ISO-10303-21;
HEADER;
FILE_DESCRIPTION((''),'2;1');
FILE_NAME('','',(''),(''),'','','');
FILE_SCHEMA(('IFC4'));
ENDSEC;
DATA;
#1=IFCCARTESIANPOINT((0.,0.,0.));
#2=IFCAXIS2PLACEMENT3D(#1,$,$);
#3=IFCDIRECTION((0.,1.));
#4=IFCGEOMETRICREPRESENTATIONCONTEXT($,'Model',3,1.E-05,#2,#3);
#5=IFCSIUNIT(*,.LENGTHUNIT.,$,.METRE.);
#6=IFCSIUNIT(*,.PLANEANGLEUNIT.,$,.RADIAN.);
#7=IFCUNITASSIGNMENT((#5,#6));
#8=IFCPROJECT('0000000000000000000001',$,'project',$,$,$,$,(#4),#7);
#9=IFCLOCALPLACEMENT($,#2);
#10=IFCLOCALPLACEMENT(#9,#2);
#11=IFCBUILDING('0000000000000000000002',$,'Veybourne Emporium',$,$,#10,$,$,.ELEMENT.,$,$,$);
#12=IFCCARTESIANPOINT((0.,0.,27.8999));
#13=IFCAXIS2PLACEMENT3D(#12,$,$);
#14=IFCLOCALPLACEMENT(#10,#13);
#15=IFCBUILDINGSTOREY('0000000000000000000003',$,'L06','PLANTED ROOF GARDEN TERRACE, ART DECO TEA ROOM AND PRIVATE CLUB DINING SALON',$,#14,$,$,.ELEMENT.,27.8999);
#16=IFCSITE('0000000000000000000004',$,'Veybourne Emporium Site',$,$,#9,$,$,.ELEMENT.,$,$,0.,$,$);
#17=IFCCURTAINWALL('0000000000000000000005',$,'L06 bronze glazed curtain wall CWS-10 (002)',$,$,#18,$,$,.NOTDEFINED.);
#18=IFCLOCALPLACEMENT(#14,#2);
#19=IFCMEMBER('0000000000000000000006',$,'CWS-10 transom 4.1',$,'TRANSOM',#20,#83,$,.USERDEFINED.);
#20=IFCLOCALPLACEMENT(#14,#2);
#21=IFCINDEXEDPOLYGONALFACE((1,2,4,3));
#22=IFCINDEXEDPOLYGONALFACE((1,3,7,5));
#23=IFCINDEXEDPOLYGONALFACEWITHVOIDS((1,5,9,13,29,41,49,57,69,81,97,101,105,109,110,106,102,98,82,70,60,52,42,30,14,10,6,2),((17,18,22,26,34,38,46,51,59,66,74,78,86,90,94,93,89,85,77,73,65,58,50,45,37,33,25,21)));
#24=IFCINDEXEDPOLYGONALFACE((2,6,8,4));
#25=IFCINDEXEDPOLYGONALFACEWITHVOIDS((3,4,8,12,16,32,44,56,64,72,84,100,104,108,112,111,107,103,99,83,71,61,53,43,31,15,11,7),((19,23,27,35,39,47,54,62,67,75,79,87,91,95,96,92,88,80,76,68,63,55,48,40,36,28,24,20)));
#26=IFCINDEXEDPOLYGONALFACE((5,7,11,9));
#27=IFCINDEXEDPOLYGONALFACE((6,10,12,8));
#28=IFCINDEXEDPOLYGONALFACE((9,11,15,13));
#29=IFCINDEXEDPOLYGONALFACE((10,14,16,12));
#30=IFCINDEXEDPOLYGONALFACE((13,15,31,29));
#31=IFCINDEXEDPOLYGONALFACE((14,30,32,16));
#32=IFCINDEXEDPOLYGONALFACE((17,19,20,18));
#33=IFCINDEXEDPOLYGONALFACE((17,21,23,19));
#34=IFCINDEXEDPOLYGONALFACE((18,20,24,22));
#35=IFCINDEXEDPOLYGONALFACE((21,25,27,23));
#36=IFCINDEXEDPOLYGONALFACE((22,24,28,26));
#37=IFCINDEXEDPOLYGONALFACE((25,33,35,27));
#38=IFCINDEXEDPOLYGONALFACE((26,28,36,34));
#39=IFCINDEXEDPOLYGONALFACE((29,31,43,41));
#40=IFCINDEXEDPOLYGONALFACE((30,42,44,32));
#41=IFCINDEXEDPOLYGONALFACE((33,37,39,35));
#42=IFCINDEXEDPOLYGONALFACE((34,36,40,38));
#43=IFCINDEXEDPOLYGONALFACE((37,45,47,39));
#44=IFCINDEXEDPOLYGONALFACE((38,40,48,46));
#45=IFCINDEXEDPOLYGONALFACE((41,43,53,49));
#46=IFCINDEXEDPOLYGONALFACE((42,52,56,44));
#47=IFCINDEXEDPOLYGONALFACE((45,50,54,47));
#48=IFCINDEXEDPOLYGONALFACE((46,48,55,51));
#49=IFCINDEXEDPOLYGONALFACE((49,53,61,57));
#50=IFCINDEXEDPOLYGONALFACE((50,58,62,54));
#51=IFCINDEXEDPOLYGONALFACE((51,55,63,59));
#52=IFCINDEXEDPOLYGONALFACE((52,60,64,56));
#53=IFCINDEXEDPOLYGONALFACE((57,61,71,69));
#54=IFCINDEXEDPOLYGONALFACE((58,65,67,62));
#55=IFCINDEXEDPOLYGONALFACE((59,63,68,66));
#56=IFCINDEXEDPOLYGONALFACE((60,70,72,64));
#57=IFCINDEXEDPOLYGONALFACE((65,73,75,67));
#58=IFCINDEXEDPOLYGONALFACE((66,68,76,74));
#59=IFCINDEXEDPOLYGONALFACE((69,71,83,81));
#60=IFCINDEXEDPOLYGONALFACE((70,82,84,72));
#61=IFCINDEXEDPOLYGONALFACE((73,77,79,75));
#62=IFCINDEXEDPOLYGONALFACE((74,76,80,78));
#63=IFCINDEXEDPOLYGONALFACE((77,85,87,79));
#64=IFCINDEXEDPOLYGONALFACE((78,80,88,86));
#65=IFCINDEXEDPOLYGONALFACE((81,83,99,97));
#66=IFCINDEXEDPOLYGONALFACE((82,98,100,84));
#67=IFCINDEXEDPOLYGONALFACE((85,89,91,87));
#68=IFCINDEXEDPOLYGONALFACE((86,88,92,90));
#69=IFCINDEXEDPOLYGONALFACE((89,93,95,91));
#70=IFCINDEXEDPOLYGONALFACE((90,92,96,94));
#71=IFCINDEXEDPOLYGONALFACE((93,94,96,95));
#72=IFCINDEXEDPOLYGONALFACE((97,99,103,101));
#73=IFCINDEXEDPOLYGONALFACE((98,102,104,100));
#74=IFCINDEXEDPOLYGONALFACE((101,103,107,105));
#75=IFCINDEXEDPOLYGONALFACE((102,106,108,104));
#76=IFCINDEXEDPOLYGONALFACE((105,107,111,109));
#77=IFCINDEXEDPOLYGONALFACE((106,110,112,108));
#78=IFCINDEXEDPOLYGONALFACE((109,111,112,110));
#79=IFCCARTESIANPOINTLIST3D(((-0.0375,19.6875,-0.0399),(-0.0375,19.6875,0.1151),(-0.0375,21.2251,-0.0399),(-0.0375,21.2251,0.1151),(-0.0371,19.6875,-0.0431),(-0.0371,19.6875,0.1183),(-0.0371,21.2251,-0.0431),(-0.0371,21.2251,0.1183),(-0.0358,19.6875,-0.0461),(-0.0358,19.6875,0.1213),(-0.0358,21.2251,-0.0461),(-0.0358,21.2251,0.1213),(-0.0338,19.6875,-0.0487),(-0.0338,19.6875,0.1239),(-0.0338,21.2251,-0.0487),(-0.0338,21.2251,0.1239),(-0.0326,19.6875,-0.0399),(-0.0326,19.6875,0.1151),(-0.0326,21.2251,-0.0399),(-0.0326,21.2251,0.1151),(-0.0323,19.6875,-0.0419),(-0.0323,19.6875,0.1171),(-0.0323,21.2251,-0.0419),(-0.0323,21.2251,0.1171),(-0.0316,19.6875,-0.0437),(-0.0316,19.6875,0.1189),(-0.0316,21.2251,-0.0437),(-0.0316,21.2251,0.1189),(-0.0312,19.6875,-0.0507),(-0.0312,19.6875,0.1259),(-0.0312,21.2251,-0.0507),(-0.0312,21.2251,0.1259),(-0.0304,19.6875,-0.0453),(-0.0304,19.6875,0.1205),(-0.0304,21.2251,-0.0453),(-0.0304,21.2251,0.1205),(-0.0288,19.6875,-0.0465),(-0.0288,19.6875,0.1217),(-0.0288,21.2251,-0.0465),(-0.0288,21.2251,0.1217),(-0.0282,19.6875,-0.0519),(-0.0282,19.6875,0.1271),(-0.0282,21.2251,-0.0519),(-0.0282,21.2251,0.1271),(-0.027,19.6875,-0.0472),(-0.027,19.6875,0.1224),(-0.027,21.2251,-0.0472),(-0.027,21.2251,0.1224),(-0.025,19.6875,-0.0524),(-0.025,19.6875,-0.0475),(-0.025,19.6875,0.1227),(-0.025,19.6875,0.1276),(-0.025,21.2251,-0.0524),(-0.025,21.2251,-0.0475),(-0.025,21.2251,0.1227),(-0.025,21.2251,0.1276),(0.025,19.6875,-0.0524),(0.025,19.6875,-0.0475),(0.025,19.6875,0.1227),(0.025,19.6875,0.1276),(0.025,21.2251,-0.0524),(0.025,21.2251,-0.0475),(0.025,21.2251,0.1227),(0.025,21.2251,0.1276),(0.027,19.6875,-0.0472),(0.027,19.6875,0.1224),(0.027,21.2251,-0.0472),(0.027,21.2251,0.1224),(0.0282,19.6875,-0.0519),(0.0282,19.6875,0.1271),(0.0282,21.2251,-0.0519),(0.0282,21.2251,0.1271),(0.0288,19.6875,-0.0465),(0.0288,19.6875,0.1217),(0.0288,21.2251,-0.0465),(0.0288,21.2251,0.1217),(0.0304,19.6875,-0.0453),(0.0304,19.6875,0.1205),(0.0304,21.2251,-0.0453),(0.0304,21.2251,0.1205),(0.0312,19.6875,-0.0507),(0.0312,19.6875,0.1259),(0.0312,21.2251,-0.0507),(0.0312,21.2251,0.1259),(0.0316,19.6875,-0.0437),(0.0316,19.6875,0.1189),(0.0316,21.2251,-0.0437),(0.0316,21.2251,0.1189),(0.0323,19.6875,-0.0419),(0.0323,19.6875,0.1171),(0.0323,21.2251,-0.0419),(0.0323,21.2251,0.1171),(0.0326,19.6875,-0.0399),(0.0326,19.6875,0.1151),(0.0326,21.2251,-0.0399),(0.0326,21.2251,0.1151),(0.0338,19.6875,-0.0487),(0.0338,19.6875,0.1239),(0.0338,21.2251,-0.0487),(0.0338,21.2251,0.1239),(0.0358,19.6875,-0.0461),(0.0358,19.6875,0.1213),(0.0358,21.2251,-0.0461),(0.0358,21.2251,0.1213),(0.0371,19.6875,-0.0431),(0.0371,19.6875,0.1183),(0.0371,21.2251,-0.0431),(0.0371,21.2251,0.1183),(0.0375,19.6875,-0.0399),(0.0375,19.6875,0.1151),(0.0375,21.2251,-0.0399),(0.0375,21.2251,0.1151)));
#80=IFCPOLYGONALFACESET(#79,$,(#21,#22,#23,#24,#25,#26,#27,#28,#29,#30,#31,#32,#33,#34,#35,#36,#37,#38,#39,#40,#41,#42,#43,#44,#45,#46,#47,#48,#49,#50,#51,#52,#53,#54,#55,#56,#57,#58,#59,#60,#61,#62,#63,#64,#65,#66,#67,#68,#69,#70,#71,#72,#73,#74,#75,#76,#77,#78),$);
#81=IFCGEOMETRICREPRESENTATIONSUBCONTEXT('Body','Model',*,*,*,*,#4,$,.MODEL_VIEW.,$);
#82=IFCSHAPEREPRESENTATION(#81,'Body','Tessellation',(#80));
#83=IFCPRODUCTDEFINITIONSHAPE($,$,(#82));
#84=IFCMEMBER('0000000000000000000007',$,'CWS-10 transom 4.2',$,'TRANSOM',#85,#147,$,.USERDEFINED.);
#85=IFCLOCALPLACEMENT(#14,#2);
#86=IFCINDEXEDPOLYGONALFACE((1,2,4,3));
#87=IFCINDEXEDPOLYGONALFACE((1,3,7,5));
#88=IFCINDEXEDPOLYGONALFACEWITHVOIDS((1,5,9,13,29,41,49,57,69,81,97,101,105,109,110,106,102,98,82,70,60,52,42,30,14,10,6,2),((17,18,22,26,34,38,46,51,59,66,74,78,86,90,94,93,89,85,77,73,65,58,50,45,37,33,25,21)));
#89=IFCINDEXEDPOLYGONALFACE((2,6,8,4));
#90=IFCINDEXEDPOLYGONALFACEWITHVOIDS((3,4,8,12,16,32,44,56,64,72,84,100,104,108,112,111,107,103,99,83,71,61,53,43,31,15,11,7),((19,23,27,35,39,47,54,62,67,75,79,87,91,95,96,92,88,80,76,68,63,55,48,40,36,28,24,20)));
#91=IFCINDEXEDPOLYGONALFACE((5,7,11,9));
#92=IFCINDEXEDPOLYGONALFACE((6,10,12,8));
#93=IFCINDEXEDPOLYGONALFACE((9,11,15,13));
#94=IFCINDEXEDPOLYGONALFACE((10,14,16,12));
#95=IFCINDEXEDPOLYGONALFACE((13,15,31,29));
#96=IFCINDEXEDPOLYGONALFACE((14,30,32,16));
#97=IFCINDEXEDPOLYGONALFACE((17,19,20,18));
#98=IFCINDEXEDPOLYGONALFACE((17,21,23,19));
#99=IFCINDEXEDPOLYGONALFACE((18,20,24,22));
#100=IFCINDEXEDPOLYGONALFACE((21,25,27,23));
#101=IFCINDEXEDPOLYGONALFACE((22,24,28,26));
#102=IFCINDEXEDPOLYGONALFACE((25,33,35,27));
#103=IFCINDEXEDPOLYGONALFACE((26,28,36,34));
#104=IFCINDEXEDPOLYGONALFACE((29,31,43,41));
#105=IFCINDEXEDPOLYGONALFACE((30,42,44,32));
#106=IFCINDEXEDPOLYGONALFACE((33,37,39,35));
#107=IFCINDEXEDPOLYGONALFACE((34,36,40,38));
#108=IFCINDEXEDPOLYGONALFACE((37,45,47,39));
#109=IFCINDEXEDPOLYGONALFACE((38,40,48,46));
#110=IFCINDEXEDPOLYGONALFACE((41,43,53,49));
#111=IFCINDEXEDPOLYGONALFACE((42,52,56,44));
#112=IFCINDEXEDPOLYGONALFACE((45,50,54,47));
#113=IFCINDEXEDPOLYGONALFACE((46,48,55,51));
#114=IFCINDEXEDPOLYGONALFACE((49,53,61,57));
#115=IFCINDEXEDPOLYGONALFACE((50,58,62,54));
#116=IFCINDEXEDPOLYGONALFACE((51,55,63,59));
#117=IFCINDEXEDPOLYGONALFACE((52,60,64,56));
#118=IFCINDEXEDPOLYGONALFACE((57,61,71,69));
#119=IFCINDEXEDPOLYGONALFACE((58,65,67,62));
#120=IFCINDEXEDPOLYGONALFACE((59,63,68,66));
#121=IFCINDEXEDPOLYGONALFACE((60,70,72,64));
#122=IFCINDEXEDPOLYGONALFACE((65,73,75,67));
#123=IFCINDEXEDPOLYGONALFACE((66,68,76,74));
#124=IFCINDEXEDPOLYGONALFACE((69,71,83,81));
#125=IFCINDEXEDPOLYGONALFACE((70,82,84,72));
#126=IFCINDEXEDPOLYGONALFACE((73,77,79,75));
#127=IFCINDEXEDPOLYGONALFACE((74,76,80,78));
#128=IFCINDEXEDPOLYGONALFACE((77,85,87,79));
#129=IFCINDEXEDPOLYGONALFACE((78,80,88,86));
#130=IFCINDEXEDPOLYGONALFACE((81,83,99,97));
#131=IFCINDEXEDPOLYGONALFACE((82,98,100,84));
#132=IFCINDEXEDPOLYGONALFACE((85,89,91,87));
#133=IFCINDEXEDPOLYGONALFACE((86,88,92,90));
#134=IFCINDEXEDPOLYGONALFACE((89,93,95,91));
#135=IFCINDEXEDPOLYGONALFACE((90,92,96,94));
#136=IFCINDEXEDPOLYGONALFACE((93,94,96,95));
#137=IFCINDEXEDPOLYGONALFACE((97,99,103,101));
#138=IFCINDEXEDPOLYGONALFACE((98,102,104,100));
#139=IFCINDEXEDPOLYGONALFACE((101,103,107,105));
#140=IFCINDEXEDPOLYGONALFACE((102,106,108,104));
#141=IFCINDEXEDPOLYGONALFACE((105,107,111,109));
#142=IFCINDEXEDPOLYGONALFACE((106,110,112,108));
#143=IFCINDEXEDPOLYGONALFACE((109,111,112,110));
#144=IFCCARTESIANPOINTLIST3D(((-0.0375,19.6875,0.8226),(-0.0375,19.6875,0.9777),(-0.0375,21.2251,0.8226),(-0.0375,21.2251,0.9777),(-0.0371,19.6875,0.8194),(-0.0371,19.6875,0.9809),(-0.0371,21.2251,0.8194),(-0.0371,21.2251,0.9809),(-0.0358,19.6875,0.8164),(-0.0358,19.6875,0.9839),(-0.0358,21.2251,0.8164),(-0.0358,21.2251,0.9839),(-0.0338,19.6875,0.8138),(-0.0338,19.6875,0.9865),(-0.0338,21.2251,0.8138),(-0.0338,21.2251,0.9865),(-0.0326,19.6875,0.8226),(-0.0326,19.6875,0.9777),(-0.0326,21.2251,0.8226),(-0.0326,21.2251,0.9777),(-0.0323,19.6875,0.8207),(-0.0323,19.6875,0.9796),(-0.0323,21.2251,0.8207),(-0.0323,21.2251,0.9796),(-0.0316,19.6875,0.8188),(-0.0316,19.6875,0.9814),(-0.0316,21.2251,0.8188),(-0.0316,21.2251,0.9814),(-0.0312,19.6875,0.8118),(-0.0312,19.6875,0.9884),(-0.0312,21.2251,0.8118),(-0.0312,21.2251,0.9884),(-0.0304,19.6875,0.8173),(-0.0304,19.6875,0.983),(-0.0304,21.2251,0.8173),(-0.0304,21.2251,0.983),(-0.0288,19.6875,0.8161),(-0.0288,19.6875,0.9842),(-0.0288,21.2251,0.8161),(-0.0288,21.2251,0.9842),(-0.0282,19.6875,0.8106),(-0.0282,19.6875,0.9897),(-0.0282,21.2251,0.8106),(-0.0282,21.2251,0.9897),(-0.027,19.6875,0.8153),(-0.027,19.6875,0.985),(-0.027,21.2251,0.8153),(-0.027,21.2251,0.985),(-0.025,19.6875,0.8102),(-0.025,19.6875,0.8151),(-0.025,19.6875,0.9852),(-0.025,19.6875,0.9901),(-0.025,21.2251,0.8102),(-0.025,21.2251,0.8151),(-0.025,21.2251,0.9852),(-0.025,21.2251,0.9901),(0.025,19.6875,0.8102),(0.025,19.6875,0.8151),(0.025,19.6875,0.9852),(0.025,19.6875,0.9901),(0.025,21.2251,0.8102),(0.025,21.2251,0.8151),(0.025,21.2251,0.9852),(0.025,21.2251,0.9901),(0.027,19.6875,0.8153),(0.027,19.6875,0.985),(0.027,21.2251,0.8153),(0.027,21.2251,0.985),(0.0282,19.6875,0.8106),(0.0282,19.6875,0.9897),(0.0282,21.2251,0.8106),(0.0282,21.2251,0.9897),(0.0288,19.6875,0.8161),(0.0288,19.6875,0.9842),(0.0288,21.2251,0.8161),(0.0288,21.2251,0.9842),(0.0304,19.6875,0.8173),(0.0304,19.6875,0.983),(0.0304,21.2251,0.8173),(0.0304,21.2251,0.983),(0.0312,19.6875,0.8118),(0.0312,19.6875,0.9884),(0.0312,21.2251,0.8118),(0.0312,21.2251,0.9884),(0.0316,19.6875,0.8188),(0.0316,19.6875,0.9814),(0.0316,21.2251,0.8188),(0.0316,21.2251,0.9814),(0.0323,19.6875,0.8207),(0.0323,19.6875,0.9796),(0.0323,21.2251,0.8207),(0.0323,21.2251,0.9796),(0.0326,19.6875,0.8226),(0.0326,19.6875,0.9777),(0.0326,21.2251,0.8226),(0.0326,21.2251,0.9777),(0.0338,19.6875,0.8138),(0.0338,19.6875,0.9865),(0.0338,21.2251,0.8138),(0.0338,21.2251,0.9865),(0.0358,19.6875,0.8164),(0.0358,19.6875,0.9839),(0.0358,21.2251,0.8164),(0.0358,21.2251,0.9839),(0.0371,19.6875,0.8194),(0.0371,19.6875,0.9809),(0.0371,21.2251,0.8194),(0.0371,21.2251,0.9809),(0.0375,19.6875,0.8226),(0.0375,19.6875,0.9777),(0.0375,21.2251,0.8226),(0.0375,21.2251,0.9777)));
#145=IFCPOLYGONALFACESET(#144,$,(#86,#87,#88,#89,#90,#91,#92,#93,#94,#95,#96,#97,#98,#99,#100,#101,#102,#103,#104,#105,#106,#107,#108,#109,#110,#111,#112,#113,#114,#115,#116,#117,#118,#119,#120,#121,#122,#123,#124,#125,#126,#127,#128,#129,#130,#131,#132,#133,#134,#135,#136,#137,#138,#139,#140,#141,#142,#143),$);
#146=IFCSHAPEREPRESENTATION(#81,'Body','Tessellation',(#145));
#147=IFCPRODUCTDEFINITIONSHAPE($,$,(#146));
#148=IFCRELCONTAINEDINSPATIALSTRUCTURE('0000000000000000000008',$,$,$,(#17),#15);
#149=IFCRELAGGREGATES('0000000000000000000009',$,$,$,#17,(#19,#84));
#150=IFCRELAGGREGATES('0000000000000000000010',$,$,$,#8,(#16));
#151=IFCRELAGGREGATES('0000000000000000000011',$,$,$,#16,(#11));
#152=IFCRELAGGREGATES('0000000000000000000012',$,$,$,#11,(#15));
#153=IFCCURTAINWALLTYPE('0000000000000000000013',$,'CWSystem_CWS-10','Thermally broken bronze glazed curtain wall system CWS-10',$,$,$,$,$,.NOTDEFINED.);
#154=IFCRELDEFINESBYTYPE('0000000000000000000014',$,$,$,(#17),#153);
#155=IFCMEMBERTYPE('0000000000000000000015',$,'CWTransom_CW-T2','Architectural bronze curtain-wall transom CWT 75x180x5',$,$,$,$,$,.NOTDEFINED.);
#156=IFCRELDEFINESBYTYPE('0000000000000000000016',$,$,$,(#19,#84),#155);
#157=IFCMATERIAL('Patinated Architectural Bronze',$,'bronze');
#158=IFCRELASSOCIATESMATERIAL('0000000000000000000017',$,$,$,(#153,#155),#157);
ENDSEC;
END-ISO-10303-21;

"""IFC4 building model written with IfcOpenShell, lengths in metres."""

from ifc_helpers import new_model, si_unit, direction, frame, origin, origin_2d, place, context, subcontext, project, spatial, hollow_rectangle, extrude, material, material_profile, profile_set, type_object, element, aggregate, save


model = new_model("IFC4")

# Units and contexts
model_context = context("Model", 3, precision=1e-05, world=origin(), true_north=direction((0.0, 1.0)))
body_context = subcontext(model_context, "Body", "Model", "MODEL_VIEW")
ifc_project = project(units=[si_unit("LENGTHUNIT", "METRE"), si_unit("PLANEANGLEUNIT", "RADIAN")], contexts=[model_context])

# Site, building, storey
site_placement = place(None, origin())
site = spatial("IfcSite", under=ifc_project, at=site_placement, Name="Veybourne Emporium Site", CompositionType="ELEMENT", RefElevation=0.0)
building_placement = place(site_placement, origin())
building = spatial("IfcBuilding", under=site, at=building_placement, Name="Veybourne Emporium", CompositionType="ELEMENT")
storey_placement = place(building_placement, frame((0.0, 0.0, 27.8999)))
storey = spatial("IfcBuildingStorey", under=building, at=storey_placement, Name="L06", Description="PLANTED ROOF GARDEN TERRACE, ART DECO TEA ROOM AND PRIVATE CLUB DINING SALON", CompositionType="ELEMENT", Elevation=27.8999)

# Curtain wall, members
ifc_material_1 = material(Name="Patinated Architectural Bronze", Category="bronze")
curtain_wall_type = type_object("IfcCurtainWallType", Name="CWSystem_CWS-10", Description="Thermally broken bronze glazed curtain wall system CWS-10", PredefinedType="NOTDEFINED", material=ifc_material_1)
curtain_wall_placement = place(storey_placement, origin())
curtain_wall = element("IfcCurtainWall", 1, at=curtain_wall_placement, inside=storey, type_object=curtain_wall_type, Name="L06 bronze glazed curtain wall CWS-10 (002)", PredefinedType="NOTDEFINED")
ifc_material_profile_1 = material_profile(ifc_material_1, hollow_rectangle(XDim=0.075, YDim=0.1799, WallThickness=0.0049, InnerFilletRadius=0.0076, OuterFilletRadius=0.0125, at=origin_2d()), Name="CWT 75x180x5")
ifc_profile_set_1 = profile_set([ifc_material_profile_1], Name="Patinated Architectural Bronze")
member_type_1 = type_object("IfcMemberType", Name="CWTransom_CW-T2", Description="Architectural bronze curtain-wall transom CWT 75x180x5", PredefinedType="NOTDEFINED", material=ifc_profile_set_1)
member_1_placement = place(storey_placement, frame((0.0, 19.6875, 0.0376), z_axis=(0.0, 1.0, 0.0), x_axis=(-1.0, 0.0, 0.0)))
member_1 = element("IfcMember", 2, at=member_1_placement, type_object=member_type_1, Name="CWS-10 transom 4.1", ObjectType="TRANSOM", PredefinedType="USERDEFINED", context=body_context, shape_type="SweptSolid", body=[
    extrude(hollow_rectangle(XDim=0.075, YDim=0.1799, WallThickness=0.0049, InnerFilletRadius=0.0076, OuterFilletRadius=0.0125, at=origin_2d()), origin(), (0.0, 0.0, 1.0), 1.5376),
])
member_2_placement = place(storey_placement, frame((0.0, 19.6875, 0.9001), z_axis=(0.0, 1.0, 0.0), x_axis=(-1.0, 0.0, 0.0)))
member_2 = element("IfcMember", 3, at=member_2_placement, type_object=member_type_1, Name="CWS-10 transom 4.2", ObjectType="TRANSOM", PredefinedType="USERDEFINED", context=body_context, shape_type="SweptSolid", body=[
    extrude(hollow_rectangle(XDim=0.075, YDim=0.1799, WallThickness=0.0049, InnerFilletRadius=0.0076, OuterFilletRadius=0.0125, at=origin_2d()), origin(), (0.0, 0.0, 1.0), 1.5376),
])

aggregate(curtain_wall, [member_1, member_2])

save(model, "model.ifc")
